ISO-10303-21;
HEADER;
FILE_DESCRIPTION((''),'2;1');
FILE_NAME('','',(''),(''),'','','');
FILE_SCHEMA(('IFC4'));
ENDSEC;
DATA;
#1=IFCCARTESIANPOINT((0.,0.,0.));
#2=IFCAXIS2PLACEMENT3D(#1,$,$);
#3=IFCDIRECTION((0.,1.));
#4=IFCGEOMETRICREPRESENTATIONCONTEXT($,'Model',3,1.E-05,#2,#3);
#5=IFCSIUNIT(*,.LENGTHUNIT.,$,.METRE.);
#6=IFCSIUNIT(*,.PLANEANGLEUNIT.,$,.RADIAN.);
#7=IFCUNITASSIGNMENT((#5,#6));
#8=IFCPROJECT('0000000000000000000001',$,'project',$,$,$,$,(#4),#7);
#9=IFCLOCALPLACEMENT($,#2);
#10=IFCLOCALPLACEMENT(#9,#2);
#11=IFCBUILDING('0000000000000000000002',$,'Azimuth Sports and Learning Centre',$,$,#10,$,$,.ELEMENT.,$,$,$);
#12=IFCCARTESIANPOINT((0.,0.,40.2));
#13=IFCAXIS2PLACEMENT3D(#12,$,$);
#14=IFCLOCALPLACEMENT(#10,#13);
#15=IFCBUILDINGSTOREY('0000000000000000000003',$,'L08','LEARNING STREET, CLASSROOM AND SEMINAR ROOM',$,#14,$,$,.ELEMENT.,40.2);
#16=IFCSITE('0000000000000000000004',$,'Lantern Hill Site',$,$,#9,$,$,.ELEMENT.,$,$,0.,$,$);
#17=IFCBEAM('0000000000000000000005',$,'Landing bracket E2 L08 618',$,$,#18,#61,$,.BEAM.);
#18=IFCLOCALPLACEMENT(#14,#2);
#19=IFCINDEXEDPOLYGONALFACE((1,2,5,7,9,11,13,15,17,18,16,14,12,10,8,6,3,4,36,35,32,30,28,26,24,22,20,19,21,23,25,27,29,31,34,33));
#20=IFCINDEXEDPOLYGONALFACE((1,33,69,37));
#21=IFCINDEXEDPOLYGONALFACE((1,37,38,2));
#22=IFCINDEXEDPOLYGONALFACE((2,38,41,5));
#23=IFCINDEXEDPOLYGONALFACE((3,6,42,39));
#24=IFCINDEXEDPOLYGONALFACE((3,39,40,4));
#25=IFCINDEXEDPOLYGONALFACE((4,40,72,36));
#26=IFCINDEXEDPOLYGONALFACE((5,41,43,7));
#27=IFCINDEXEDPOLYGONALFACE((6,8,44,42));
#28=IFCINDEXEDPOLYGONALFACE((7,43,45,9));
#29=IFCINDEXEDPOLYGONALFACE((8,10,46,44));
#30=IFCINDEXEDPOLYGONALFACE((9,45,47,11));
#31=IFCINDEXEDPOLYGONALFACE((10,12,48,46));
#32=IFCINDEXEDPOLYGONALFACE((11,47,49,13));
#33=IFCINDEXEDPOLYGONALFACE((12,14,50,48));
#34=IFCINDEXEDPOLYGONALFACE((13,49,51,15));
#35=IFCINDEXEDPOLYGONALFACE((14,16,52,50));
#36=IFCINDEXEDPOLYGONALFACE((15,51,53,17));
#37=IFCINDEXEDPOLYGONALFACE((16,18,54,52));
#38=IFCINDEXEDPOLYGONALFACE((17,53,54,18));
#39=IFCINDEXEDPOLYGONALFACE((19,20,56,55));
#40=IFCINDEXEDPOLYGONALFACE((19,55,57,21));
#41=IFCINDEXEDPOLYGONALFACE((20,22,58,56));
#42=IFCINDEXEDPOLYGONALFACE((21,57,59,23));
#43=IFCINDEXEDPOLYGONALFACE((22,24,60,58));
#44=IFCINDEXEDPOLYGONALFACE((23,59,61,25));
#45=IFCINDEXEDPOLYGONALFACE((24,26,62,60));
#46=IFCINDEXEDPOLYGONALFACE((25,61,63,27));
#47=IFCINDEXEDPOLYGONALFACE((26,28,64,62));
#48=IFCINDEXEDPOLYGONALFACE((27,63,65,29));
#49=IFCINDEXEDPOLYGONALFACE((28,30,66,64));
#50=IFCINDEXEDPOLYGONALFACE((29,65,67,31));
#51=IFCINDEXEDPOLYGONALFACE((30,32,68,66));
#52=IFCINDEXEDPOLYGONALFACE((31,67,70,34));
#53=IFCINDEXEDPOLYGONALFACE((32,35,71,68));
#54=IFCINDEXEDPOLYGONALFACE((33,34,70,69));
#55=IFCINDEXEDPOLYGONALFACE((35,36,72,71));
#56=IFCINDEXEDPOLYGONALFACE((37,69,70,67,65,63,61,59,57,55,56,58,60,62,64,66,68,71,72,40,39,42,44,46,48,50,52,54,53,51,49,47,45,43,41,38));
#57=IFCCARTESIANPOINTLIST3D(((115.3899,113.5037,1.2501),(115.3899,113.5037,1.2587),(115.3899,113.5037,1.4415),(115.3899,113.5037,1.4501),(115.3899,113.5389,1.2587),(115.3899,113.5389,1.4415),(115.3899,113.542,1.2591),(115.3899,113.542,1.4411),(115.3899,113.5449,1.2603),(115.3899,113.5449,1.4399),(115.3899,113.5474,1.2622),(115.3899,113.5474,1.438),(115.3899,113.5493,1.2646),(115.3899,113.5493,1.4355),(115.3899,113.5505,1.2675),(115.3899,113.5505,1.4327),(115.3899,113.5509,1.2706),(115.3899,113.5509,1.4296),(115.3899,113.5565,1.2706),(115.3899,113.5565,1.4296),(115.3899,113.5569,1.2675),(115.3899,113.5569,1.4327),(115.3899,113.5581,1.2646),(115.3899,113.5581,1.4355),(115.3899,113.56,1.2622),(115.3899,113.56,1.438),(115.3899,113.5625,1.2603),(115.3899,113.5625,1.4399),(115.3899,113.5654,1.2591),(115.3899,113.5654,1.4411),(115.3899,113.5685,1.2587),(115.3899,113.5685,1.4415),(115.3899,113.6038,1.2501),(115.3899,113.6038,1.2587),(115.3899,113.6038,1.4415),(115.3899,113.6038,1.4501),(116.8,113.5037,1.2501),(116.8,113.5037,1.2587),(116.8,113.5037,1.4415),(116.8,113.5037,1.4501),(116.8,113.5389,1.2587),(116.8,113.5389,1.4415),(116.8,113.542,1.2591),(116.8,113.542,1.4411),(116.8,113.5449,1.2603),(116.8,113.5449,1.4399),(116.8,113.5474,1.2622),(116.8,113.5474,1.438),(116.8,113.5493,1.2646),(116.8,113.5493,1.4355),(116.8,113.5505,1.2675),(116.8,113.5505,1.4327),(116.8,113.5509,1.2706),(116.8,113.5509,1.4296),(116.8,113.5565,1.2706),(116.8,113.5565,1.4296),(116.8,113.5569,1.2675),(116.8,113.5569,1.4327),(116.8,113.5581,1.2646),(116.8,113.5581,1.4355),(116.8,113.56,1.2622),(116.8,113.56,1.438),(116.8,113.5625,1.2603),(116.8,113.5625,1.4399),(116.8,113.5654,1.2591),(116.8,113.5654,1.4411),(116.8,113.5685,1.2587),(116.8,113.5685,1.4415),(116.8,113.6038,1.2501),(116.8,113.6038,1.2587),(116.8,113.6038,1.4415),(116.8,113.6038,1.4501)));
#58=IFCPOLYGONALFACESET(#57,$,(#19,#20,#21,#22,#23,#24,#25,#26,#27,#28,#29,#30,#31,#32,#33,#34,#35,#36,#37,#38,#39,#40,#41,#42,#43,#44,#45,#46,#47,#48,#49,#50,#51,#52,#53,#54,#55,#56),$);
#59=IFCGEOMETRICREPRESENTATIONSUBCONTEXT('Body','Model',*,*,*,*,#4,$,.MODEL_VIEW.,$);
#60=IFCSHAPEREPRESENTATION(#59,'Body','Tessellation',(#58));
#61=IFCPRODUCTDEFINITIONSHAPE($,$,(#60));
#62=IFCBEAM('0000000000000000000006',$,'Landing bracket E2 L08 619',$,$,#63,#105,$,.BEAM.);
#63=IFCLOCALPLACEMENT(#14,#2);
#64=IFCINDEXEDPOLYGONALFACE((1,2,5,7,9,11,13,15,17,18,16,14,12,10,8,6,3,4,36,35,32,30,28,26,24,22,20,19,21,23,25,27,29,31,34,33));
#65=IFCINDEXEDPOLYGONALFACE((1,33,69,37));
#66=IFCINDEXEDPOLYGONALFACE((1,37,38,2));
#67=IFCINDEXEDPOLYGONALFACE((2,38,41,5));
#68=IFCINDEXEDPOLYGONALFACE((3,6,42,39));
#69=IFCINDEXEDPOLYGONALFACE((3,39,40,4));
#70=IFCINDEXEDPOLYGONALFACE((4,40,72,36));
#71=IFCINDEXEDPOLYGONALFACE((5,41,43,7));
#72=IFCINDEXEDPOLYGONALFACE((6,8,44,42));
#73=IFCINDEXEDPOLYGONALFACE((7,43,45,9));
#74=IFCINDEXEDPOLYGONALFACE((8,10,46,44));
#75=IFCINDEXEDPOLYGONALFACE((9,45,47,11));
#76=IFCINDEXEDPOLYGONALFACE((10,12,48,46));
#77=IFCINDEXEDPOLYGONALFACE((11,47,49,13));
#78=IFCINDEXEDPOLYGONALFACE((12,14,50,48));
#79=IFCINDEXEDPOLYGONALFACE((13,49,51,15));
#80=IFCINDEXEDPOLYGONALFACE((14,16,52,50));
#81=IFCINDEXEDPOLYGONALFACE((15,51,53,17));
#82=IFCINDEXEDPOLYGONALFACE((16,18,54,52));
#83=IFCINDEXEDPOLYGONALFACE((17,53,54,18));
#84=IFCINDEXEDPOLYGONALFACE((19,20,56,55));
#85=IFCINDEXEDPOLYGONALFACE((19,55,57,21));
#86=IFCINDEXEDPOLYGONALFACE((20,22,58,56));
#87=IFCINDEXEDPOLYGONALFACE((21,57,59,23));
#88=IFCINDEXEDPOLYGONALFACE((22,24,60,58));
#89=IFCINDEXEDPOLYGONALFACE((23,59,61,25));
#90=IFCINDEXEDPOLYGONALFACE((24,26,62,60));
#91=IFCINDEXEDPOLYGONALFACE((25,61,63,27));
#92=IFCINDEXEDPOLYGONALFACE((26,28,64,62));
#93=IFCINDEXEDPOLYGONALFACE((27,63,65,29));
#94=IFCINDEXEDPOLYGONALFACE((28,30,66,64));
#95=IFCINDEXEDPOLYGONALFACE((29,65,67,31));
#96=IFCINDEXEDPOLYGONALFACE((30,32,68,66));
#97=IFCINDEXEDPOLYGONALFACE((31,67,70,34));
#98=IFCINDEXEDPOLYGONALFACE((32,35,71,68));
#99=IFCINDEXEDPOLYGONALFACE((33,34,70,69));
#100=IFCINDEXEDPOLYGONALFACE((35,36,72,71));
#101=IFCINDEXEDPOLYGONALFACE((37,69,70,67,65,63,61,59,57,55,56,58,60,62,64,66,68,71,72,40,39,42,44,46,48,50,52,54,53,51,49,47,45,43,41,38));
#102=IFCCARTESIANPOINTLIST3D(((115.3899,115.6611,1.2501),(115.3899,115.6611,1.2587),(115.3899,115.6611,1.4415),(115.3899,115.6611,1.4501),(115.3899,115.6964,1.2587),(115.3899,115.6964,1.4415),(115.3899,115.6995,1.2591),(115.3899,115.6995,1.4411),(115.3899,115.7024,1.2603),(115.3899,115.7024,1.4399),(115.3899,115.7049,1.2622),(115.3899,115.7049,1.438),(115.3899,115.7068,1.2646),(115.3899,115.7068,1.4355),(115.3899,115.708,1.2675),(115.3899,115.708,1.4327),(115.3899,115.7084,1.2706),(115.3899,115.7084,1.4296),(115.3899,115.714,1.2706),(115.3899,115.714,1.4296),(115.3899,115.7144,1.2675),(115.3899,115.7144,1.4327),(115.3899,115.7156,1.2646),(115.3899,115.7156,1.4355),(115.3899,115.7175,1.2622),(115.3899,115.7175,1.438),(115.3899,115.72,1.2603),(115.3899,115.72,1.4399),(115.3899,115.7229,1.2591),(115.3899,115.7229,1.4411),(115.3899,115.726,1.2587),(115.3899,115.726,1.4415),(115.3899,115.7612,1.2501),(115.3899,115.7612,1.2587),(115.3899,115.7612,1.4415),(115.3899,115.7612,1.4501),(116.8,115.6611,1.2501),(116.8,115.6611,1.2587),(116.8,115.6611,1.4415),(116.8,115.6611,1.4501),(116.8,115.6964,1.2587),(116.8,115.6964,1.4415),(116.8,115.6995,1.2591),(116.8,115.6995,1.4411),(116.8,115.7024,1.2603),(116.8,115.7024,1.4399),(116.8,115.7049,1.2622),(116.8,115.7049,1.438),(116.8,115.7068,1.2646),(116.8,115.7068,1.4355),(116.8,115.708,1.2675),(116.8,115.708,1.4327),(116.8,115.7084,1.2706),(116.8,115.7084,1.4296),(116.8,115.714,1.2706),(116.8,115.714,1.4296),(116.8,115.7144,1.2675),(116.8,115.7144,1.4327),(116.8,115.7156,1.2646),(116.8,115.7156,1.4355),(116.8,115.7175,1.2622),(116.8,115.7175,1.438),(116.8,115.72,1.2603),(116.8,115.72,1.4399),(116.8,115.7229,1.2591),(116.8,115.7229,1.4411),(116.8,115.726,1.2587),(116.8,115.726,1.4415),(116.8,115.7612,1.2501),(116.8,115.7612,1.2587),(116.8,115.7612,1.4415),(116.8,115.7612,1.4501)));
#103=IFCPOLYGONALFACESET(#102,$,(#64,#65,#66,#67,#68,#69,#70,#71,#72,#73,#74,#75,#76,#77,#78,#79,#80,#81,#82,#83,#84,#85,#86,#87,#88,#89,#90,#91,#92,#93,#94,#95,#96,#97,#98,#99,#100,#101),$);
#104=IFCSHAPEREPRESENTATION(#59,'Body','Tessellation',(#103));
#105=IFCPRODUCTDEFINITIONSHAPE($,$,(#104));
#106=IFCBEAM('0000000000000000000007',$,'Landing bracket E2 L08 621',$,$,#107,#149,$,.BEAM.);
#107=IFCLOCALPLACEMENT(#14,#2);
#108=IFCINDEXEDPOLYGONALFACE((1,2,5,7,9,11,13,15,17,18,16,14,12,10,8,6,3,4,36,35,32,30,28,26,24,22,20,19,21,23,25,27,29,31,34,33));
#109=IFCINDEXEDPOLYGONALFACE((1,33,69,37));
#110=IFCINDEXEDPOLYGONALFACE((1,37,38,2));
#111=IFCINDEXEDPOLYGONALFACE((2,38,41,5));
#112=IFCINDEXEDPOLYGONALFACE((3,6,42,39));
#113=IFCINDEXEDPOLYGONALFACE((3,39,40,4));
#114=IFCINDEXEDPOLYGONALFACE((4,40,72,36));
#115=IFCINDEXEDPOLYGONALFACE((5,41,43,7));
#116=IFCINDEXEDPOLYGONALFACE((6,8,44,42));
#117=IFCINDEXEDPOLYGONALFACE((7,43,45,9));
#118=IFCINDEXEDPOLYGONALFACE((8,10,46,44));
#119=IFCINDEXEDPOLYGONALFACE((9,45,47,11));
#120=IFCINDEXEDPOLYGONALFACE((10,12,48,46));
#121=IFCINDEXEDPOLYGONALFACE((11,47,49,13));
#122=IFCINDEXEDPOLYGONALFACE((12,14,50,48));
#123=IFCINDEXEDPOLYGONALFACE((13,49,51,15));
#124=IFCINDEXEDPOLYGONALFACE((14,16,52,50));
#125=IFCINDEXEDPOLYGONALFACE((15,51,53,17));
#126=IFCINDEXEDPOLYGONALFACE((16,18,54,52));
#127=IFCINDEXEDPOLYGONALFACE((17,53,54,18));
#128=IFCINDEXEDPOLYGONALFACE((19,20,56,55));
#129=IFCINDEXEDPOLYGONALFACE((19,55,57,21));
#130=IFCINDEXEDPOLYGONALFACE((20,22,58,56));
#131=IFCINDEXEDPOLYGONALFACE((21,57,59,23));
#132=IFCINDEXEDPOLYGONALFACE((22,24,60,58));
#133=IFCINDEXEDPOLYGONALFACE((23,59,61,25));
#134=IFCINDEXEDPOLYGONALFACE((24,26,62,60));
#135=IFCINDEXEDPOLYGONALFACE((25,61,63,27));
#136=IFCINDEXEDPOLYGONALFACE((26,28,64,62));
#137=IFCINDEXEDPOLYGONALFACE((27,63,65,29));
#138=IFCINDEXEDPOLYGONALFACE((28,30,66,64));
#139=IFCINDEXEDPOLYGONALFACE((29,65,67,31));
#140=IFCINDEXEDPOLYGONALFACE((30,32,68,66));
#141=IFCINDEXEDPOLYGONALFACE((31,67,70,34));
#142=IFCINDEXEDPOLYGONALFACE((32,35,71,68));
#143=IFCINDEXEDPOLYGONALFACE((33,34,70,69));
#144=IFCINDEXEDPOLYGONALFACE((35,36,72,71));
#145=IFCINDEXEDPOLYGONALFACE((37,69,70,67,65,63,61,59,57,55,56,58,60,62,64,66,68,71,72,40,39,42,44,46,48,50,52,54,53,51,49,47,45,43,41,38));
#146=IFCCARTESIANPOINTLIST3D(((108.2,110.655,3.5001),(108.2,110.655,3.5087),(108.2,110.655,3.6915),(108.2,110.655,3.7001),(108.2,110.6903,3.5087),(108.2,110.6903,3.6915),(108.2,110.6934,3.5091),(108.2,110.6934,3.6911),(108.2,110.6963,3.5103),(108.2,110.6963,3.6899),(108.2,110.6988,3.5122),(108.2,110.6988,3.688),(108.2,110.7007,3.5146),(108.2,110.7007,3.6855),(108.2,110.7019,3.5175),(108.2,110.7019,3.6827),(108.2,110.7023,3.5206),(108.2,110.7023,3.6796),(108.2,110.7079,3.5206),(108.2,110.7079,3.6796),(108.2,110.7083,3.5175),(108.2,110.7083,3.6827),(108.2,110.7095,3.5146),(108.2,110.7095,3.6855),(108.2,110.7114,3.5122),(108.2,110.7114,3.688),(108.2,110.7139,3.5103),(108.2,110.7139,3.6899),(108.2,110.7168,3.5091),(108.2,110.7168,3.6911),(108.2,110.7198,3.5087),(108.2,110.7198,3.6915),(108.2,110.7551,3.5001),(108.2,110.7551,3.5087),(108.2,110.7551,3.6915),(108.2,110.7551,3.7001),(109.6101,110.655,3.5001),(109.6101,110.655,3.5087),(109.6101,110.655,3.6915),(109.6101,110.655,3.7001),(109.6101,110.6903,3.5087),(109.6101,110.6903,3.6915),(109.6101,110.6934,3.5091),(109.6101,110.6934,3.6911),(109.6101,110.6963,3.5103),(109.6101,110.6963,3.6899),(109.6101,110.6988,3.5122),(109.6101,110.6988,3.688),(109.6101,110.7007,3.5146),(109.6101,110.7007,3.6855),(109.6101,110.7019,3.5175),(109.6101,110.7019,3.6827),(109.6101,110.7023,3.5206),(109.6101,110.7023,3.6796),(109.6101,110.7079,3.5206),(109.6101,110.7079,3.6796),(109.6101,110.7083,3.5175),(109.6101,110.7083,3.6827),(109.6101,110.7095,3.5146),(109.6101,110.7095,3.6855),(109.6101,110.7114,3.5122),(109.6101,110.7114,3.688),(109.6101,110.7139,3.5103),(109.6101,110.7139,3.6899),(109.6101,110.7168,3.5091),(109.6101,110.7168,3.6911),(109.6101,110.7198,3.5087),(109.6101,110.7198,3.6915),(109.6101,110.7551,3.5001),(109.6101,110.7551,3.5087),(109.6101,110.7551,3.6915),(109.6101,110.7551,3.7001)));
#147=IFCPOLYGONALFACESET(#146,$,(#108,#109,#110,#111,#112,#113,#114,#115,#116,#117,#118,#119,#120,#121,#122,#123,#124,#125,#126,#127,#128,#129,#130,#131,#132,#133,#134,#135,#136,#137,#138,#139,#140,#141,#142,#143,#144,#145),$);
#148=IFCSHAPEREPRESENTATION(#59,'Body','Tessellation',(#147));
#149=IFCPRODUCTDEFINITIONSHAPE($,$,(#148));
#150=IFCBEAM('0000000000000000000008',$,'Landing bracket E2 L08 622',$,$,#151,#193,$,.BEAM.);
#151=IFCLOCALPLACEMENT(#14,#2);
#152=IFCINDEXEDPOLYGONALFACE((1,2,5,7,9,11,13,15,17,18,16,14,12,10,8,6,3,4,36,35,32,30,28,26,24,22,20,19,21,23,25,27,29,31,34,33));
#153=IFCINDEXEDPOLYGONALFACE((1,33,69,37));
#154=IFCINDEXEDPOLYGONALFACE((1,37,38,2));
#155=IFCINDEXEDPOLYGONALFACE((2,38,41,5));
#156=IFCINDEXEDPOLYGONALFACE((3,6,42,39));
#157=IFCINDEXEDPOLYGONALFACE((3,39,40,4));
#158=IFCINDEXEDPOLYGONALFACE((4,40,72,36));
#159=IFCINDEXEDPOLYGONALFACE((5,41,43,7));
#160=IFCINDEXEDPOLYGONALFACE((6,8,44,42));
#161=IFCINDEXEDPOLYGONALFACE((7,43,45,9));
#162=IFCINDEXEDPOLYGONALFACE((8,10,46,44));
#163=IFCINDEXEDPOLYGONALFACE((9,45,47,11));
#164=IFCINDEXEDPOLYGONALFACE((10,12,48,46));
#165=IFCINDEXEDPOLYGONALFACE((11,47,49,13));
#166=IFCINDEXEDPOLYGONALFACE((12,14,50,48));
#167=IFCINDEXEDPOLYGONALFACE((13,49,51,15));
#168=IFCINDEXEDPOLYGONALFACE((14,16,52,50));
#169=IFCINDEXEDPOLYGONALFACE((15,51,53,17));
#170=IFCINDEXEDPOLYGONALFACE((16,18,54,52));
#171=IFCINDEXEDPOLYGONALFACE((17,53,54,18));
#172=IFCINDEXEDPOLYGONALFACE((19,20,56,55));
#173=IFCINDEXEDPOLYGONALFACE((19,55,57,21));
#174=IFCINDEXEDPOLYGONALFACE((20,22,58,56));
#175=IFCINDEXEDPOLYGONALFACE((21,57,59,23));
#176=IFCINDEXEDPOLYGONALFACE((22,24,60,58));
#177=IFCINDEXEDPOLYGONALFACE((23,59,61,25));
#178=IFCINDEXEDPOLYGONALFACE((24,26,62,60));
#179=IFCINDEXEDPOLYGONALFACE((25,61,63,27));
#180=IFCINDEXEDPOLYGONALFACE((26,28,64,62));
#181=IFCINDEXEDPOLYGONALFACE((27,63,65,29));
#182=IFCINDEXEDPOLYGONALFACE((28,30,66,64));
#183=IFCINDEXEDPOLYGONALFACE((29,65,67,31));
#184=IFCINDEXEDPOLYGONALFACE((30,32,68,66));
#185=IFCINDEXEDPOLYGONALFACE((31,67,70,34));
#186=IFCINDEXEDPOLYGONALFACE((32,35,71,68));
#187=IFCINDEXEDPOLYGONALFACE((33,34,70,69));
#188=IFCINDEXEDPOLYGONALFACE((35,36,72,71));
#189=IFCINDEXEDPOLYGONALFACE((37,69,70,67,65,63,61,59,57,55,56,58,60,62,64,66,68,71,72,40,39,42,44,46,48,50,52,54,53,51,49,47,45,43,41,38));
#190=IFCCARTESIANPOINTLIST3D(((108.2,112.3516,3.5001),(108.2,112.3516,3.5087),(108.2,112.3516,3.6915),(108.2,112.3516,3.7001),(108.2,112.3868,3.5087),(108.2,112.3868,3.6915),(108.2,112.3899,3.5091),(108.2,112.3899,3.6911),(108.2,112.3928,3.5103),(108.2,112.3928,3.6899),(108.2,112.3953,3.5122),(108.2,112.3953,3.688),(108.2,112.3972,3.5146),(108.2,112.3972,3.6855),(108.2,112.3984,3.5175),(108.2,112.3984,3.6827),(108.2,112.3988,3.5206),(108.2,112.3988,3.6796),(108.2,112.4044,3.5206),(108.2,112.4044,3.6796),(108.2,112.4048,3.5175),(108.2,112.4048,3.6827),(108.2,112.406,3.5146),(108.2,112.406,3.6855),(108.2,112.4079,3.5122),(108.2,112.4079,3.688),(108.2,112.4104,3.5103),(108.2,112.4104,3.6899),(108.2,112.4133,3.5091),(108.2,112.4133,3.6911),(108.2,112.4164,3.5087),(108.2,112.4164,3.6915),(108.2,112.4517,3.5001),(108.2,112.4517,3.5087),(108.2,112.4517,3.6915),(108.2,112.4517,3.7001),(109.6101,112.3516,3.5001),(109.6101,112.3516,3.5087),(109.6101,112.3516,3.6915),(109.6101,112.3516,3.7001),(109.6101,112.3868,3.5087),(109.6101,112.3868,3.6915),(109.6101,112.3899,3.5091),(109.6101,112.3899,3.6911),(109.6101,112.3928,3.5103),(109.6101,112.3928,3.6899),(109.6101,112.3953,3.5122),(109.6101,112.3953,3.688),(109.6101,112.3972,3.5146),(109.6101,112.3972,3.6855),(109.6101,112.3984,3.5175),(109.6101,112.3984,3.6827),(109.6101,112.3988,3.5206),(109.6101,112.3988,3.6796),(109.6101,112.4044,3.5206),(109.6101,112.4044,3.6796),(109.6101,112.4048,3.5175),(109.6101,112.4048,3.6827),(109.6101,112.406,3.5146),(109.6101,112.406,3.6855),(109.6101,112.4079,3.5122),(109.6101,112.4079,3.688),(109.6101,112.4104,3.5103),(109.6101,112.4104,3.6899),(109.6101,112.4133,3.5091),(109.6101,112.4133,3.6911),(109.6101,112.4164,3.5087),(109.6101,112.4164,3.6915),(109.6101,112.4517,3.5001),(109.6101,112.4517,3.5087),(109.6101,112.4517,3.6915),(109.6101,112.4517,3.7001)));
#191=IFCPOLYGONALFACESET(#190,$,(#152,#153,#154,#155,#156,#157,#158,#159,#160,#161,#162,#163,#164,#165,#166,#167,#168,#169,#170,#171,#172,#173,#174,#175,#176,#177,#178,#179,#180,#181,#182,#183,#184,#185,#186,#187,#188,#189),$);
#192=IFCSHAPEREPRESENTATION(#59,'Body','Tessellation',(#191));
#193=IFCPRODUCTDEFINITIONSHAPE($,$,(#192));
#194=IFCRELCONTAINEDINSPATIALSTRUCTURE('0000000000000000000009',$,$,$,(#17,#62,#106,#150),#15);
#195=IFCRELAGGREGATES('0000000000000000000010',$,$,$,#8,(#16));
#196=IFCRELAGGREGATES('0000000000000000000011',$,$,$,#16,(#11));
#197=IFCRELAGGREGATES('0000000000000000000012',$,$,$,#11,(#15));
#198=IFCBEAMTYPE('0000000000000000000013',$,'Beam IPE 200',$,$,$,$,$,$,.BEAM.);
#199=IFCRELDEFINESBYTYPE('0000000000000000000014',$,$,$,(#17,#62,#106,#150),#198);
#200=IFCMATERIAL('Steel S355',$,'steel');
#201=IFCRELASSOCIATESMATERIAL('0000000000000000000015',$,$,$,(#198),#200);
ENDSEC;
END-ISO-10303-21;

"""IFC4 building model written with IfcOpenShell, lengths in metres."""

from ifc_helpers import new_model, si_unit, direction, frame, origin, origin_2d, place, context, subcontext, project, spatial, i_section, extrude, material, material_profile, profile_set, type_object, element, save


model = new_model("IFC4")

# Units and contexts
model_context = context("Model", 3, precision=1e-05, world=origin(), true_north=direction((0.0, 1.0)))
body_context = subcontext(model_context, "Body", "Model", "MODEL_VIEW")
ifc_project = project(units=[si_unit("LENGTHUNIT", "METRE"), si_unit("PLANEANGLEUNIT", "RADIAN")], contexts=[model_context])

# Site, building, storey
site_placement = place(None, origin())
site = spatial("IfcSite", under=ifc_project, at=site_placement, Name="Lantern Hill Site", CompositionType="ELEMENT", RefElevation=0.0)
building_placement = place(site_placement, origin())
building = spatial("IfcBuilding", under=site, at=building_placement, Name="Azimuth Sports and Learning Centre", CompositionType="ELEMENT")
storey_placement = place(building_placement, frame((0.0, 0.0, 40.2)))
storey = spatial("IfcBuildingStorey", under=building, at=storey_placement, Name="L08", Description="LEARNING STREET, CLASSROOM AND SEMINAR ROOM", CompositionType="ELEMENT", Elevation=40.2)

# Beams
ifc_material_1 = material(Name="Steel S355", Category="steel")
ifc_material_profile_1 = material_profile(ifc_material_1, i_section(OverallWidth=0.1001, OverallDepth=0.2, WebThickness=0.0056, FlangeThickness=0.0085, FilletRadius=0.012, at=origin_2d()), Name="IPE 200")
ifc_profile_set_1 = profile_set([ifc_material_profile_1], Name="Steel S355")
beam_type_1 = type_object("IfcBeamType", Name="Beam IPE 200", PredefinedType="BEAM", material=ifc_profile_set_1)
for number, where, z_axis, x_axis, name in (
    (1, (116.8, 113.5537, 1.3501), (-1.0, 0.0, 0.0), (0.0, -1.0, 0.0), "Landing bracket E2 L08 618"),
    (2, (116.8, 115.7112, 1.3501), (-1.0, 0.0, 0.0), (0.0, -1.0, 0.0), "Landing bracket E2 L08 619"),
    (3, (108.2, 110.7051, 3.6001), (1.0, 0.0, 0.0), (0.0, 1.0, 0.0), "Landing bracket E2 L08 621"),
    (4, (108.2, 112.4016, 3.6001), (1.0, 0.0, 0.0), (0.0, 1.0, 0.0), "Landing bracket E2 L08 622"),
):
    element("IfcBeam", number, at=place(storey_placement, frame(where, z_axis=z_axis, x_axis=x_axis)), inside=storey, type_object=beam_type_1, Name=name, PredefinedType="BEAM", context=body_context, shape_type="SweptSolid", body=[
        extrude(i_section(OverallWidth=0.1001, OverallDepth=0.2, WebThickness=0.0056, FlangeThickness=0.0085, FilletRadius=0.012, at=origin_2d()), origin(), (0.0, 0.0, 1.0), 1.4102),
    ])

save(model, "model.ifc")
